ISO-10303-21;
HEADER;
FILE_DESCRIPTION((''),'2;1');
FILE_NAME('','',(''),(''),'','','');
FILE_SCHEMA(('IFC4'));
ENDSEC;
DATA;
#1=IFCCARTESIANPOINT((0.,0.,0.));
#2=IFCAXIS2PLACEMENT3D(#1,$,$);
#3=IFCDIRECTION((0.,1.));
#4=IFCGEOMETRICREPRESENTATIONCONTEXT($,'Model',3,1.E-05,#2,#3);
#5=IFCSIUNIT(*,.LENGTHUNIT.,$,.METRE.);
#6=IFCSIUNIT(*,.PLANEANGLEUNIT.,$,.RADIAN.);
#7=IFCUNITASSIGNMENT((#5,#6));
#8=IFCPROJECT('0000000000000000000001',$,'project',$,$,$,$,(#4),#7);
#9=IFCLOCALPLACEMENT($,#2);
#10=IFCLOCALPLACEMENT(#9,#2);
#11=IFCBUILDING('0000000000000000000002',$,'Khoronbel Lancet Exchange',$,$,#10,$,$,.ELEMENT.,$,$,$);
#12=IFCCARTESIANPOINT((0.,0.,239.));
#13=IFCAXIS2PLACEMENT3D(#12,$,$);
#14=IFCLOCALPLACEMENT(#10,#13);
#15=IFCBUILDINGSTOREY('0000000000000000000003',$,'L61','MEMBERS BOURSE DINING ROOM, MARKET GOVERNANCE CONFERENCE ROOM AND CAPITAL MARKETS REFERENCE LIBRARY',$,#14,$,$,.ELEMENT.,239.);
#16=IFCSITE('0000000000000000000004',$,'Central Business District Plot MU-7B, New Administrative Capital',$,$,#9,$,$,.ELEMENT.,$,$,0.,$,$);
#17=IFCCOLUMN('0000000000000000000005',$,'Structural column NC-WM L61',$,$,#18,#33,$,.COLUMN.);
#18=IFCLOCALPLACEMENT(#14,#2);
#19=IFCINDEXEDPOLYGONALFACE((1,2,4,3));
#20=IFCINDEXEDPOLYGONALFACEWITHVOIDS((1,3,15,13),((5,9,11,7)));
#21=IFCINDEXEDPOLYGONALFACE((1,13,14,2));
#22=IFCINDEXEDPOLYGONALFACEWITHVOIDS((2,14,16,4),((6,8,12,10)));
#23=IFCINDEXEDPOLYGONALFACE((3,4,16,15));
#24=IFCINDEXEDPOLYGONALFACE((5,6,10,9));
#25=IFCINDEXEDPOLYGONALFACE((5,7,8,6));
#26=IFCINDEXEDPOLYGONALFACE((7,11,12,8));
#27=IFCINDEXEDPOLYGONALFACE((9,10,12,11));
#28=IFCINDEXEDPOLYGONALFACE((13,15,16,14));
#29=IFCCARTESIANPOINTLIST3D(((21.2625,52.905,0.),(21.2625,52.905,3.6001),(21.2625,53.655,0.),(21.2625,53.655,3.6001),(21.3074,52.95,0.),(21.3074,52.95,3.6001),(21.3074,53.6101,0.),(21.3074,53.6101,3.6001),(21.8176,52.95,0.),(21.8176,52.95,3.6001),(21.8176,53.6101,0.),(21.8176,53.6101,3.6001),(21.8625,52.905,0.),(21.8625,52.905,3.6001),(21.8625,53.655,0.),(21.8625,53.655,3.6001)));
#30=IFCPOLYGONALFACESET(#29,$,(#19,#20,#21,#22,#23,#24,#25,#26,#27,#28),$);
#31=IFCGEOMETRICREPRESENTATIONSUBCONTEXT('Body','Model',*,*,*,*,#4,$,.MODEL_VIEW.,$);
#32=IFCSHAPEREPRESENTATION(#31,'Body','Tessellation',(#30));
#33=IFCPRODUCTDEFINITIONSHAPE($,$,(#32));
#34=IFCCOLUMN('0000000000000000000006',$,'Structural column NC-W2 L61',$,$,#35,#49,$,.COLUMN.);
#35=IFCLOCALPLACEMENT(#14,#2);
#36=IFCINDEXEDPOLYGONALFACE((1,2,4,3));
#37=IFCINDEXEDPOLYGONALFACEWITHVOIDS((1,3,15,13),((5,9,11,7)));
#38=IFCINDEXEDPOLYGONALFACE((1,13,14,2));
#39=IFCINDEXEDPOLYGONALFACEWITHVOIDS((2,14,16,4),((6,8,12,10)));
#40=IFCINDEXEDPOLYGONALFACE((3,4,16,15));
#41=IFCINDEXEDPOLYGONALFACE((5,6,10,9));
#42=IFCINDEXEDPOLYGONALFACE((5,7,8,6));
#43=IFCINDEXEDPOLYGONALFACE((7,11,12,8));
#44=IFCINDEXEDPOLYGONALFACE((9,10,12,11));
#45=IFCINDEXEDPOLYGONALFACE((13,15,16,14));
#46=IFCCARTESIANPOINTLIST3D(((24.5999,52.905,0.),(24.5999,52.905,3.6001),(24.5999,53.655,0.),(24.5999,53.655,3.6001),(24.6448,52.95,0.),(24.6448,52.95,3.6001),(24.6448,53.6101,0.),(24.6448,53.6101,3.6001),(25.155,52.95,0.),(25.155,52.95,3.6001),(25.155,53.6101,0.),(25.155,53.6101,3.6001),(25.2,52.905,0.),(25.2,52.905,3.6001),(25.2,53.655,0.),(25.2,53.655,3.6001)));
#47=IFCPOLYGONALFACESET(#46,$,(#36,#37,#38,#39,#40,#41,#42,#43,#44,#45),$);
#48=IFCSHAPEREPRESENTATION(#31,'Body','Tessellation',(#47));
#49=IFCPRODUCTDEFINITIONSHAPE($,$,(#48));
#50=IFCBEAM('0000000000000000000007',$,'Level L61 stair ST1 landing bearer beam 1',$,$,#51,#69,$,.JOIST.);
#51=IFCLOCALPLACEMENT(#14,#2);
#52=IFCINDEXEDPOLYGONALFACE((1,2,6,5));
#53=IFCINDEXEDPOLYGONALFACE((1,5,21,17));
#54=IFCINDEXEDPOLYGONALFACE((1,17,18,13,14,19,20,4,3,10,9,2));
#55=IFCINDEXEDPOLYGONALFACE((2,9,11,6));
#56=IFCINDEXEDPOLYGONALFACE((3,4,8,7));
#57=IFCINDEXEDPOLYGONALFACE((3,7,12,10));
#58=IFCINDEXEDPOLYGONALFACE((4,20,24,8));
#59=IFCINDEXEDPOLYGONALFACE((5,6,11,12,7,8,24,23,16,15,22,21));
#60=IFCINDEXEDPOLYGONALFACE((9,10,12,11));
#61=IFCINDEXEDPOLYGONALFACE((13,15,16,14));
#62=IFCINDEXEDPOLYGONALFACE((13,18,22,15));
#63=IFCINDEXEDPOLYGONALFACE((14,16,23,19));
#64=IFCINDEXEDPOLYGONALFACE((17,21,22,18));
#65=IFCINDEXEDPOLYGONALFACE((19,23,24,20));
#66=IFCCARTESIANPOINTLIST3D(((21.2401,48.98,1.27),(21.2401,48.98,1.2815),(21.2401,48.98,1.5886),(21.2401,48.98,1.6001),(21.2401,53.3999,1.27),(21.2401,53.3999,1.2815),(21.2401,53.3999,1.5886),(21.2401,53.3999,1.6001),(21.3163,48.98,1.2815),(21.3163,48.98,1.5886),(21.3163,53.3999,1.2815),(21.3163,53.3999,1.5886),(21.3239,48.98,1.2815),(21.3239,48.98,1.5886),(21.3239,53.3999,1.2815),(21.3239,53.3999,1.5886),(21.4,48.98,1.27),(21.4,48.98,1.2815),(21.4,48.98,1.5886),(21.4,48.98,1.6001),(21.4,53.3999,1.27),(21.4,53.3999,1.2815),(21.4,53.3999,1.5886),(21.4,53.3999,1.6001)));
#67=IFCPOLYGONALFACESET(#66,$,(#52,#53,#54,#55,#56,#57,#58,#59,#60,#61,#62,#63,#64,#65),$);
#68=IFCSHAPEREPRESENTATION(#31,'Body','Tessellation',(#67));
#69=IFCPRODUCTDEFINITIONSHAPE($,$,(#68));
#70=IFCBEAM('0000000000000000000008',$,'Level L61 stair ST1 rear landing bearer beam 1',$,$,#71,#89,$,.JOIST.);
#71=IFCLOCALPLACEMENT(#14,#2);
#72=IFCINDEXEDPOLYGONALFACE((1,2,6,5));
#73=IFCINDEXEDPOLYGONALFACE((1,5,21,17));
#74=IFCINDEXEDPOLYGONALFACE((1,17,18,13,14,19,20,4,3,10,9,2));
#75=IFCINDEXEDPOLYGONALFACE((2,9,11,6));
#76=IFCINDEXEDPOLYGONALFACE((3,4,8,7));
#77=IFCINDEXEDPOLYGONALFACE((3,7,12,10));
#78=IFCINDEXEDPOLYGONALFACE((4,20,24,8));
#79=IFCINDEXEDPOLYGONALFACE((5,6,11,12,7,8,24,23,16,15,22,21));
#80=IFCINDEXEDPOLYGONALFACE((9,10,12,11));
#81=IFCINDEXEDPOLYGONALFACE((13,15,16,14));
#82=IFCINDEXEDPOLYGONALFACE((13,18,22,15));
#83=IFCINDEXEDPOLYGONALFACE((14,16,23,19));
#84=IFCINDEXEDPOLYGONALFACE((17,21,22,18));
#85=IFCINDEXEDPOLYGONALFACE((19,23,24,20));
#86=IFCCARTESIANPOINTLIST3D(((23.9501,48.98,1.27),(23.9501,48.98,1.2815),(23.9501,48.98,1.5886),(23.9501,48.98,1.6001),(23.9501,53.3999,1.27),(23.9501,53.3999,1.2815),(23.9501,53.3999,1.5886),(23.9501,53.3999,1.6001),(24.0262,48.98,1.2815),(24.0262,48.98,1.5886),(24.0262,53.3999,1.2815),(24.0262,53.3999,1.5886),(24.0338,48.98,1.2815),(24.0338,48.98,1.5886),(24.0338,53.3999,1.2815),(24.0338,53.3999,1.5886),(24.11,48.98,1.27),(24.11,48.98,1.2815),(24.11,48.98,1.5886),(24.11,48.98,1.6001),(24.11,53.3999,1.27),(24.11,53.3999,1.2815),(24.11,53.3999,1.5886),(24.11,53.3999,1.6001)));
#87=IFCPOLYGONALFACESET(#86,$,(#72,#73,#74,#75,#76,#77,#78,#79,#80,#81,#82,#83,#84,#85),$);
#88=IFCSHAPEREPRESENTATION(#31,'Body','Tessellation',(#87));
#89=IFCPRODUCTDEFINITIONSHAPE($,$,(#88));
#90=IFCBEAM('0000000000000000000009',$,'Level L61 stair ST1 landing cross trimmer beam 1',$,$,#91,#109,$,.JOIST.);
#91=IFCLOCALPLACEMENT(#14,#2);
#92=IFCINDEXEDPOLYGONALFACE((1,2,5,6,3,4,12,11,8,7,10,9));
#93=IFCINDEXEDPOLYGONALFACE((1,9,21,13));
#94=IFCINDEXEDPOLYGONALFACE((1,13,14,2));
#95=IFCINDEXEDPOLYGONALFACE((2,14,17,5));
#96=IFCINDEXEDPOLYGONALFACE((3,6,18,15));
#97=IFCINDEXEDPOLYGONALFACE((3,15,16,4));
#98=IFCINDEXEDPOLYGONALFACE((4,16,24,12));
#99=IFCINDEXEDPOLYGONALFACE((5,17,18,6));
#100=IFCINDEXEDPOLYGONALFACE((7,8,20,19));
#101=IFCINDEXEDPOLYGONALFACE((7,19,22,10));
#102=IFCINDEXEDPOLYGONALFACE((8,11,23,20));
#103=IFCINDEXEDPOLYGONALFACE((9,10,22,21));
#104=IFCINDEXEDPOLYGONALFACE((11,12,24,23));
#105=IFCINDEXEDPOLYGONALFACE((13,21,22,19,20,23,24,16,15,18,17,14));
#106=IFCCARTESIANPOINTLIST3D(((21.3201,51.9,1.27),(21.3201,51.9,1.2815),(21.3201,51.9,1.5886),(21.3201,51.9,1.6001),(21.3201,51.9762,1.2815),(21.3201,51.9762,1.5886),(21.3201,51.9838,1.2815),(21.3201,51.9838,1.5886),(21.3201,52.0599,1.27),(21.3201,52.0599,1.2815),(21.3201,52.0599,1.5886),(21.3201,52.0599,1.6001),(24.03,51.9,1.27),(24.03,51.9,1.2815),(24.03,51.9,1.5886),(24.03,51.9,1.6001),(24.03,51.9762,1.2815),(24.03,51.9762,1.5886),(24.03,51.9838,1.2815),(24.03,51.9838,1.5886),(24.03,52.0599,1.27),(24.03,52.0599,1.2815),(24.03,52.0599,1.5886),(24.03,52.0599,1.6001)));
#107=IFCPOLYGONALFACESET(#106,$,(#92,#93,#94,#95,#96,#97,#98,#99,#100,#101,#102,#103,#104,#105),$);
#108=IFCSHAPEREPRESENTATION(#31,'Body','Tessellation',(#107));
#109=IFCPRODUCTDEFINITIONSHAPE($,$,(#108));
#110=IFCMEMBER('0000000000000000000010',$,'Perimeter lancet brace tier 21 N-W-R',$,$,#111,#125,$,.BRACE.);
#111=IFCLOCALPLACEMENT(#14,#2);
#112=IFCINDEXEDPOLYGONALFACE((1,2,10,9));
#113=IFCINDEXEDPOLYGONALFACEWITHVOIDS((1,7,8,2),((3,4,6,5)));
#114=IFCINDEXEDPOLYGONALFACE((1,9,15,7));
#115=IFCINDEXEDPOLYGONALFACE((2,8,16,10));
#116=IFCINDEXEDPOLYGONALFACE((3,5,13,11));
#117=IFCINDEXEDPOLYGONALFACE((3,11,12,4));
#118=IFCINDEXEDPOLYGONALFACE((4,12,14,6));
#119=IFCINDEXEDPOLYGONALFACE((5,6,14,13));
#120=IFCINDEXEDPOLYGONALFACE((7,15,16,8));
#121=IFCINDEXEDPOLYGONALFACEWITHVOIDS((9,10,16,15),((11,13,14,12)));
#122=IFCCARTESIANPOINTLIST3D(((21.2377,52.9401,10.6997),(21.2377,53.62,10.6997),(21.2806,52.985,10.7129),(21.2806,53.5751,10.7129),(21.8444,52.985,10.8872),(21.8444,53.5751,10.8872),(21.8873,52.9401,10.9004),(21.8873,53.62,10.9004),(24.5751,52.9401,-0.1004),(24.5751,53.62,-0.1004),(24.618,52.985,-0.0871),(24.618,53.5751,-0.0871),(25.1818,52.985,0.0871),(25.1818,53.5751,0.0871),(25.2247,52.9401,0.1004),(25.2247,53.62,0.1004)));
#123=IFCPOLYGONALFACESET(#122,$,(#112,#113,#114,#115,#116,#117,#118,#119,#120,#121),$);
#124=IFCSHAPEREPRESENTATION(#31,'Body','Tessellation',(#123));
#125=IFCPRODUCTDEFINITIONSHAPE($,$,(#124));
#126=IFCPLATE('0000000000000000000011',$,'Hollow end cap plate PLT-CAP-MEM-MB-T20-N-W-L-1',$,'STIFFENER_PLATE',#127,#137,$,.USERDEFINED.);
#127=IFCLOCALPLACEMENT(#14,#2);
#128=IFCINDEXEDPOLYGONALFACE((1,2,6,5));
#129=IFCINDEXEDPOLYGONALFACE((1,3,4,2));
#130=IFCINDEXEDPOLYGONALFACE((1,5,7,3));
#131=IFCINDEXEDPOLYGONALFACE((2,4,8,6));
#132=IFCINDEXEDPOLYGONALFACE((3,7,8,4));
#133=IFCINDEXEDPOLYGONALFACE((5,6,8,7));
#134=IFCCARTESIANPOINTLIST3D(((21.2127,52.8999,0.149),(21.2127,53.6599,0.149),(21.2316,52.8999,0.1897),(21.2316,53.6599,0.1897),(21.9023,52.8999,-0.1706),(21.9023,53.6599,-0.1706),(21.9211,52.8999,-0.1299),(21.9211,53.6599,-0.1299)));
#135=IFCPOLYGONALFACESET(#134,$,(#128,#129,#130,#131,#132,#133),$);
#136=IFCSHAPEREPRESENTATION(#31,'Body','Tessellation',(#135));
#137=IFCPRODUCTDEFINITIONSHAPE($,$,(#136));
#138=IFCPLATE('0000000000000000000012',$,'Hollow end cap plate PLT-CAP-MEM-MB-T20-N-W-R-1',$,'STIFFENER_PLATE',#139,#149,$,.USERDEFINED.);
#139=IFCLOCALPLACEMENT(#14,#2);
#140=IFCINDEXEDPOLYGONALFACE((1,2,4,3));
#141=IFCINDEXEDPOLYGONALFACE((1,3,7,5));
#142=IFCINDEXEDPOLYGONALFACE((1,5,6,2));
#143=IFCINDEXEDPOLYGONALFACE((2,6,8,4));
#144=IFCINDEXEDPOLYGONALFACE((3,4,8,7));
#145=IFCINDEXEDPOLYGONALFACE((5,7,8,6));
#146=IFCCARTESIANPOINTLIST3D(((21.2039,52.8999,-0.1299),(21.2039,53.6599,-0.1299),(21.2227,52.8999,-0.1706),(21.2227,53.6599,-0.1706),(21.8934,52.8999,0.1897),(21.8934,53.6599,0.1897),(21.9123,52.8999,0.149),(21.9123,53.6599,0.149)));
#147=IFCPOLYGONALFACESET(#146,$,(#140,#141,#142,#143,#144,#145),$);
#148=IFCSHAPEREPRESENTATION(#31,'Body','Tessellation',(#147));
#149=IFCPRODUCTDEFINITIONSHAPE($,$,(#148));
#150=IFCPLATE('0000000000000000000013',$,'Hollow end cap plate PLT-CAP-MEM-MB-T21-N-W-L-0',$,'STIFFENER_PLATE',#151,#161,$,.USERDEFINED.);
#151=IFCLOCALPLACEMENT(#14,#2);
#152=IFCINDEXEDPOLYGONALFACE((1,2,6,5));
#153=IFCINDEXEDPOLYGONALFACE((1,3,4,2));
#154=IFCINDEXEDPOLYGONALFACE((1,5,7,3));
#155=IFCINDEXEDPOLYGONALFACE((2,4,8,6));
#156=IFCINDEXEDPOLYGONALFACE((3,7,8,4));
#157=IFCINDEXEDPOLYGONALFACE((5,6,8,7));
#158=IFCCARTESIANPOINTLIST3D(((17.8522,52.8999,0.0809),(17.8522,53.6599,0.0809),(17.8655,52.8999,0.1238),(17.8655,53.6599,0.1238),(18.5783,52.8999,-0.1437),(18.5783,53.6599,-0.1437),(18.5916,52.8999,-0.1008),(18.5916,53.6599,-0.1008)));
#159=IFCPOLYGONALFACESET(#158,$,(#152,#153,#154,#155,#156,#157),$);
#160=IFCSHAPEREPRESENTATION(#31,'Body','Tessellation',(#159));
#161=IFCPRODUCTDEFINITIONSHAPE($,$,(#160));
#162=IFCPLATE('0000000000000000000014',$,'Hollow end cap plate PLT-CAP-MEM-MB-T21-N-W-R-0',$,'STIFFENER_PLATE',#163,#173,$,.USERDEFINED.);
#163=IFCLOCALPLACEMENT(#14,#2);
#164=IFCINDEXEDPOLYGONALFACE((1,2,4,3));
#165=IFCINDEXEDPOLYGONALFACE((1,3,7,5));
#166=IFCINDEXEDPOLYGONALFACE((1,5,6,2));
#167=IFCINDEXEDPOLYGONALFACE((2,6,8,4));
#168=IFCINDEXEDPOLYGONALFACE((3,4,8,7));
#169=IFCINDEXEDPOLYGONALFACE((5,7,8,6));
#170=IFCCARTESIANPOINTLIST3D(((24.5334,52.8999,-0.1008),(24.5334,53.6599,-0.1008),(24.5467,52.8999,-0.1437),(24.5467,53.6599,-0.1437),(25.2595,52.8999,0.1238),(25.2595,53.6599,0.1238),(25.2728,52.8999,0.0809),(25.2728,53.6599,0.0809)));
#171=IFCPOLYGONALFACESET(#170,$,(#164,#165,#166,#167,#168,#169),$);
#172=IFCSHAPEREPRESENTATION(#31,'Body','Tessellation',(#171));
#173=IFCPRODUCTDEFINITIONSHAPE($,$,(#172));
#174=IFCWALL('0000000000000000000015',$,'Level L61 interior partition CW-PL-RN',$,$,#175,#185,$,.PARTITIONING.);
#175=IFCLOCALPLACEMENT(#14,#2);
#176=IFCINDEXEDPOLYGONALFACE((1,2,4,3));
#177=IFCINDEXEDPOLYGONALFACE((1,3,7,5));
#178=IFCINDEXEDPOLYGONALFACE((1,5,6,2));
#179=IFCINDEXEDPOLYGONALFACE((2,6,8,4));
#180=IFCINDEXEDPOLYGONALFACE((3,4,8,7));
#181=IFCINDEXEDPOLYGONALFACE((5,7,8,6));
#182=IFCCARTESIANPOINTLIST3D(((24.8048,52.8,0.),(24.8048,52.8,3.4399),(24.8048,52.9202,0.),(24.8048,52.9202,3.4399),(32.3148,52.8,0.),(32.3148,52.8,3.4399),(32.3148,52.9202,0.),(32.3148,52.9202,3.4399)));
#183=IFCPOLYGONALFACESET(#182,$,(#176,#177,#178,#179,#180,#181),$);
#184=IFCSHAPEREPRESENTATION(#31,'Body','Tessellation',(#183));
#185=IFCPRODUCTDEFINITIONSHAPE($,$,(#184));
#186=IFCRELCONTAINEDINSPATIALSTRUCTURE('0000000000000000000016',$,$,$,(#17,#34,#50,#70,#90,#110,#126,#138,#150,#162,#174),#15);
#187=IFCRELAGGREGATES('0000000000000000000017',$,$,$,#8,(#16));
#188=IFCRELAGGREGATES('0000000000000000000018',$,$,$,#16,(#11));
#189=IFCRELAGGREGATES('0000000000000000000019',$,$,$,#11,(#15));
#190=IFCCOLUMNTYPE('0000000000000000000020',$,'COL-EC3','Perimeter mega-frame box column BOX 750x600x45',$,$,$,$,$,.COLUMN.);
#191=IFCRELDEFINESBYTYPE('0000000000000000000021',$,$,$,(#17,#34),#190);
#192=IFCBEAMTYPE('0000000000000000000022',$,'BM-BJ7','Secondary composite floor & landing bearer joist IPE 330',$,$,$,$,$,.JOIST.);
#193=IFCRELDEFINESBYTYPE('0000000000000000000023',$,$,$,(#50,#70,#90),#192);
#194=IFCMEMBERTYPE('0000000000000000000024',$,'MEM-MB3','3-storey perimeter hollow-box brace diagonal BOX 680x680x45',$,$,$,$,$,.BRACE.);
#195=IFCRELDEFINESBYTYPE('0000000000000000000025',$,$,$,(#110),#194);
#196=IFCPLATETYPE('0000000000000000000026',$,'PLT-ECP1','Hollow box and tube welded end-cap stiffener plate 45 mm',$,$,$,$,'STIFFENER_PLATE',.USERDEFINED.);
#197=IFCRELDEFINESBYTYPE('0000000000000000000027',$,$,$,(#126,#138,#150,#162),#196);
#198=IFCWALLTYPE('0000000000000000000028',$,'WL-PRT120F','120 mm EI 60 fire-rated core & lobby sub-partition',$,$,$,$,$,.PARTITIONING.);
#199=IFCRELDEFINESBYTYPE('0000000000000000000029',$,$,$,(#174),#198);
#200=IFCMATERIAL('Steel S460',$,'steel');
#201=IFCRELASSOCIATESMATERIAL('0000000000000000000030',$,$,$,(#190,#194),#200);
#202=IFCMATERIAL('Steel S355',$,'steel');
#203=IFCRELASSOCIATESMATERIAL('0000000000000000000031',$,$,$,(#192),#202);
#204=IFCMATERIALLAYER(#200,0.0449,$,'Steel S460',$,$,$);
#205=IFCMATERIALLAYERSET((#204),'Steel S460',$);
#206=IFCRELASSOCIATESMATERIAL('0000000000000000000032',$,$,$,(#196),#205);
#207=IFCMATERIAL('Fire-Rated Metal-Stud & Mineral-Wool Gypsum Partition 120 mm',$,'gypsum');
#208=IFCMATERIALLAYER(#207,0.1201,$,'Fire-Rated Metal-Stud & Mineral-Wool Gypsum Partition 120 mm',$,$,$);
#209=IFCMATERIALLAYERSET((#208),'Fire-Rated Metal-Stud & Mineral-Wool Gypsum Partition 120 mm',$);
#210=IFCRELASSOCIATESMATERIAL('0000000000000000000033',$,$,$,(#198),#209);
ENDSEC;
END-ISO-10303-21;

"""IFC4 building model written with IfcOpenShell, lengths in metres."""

from ifc_helpers import new_model, si_unit, direction, frame, frame_2d, origin, origin_2d, place, context, subcontext, project, spatial, polyline, rectangle, hollow_rectangle, i_section, outline, extrude, material, layer, layer_set, material_profile, profile_set, type_object, element, save


model = new_model("IFC4")

# Units and contexts
model_context = context("Model", 3, precision=1e-05, world=origin(), true_north=direction((0.0, 1.0)))
body_context = subcontext(model_context, "Body", "Model", "MODEL_VIEW")
ifc_project = project(units=[si_unit("LENGTHUNIT", "METRE"), si_unit("PLANEANGLEUNIT", "RADIAN")], contexts=[model_context])

# Site, building, storey
site_placement = place(None, origin())
site = spatial("IfcSite", under=ifc_project, at=site_placement, Name="Central Business District Plot MU-7B, New Administrative Capital", CompositionType="ELEMENT", RefElevation=0.0)
building_placement = place(site_placement, origin())
building = spatial("IfcBuilding", under=site, at=building_placement, Name="Khoronbel Lancet Exchange", CompositionType="ELEMENT")
storey_placement = place(building_placement, frame((0.0, 0.0, 239.0)))
storey = spatial("IfcBuildingStorey", under=building, at=storey_placement, Name="L61", Description="MEMBERS BOURSE DINING ROOM, MARKET GOVERNANCE CONFERENCE ROOM AND CAPITAL MARKETS REFERENCE LIBRARY", CompositionType="ELEMENT", Elevation=239.0)

# Columns
ifc_material_1 = material(Name="Steel S460", Category="steel")
ifc_material_profile_1 = material_profile(ifc_material_1, hollow_rectangle(XDim=0.6001, YDim=0.75, WallThickness=0.0449, at=origin_2d()), Name="BOX 750x600x45")
ifc_profile_set_1 = profile_set([ifc_material_profile_1], Name="Steel S460")
column_type = type_object("IfcColumnType", Name="COL-EC3", Description="Perimeter mega-frame box column BOX 750x600x45", PredefinedType="COLUMN", material=ifc_profile_set_1)
for number, where, z_axis, x_axis, name in (
    (1, (21.5625, 53.28, 0.0), (0.0, 0.0, 1.0), (1.0, 0.0, 0.0), "Structural column NC-WM L61"),
    (2, (24.8999, 53.28, 0.0), (0.0, 0.0, 1.0), (1.0, 0.0, 0.0), "Structural column NC-W2 L61"),
):
    element("IfcColumn", number, at=place(storey_placement, frame(where, z_axis=z_axis, x_axis=x_axis)), inside=storey, type_object=column_type, Name=name, PredefinedType="COLUMN", context=body_context, shape_type="SweptSolid", body=[
        extrude(hollow_rectangle(XDim=0.6001, YDim=0.75, WallThickness=0.0449, at=origin_2d()), origin(), (0.0, 0.0, 1.0), 3.6001),
    ])

# Beams
ifc_material_2 = material(Name="Steel S355", Category="steel")
ifc_material_profile_2 = material_profile(ifc_material_2, i_section(OverallWidth=0.1599, OverallDepth=0.3301, WebThickness=0.0076, FlangeThickness=0.0115, at=origin_2d()), Name="IPE 330")
ifc_profile_set_2 = profile_set([ifc_material_profile_2], Name="Steel S355")
beam_type = type_object("IfcBeamType", Name="BM-BJ7", Description="Secondary composite floor & landing bearer joist IPE 330", PredefinedType="JOIST", material=ifc_profile_set_2)
for number, where, z_axis, x_axis, name in (
    (3, (21.3201, 48.98, 1.4351), (0.0, 1.0, 0.0), (-1.0, 0.0, 0.0), "Level L61 stair ST1 landing bearer beam 1"),
    (4, (24.03, 48.98, 1.4351), (0.0, 1.0, 0.0), (-1.0, 0.0, 0.0), "Level L61 stair ST1 rear landing bearer beam 1"),
):
    element("IfcBeam", number, at=place(storey_placement, frame(where, z_axis=z_axis, x_axis=x_axis)), inside=storey, type_object=beam_type, Name=name, PredefinedType="JOIST", context=body_context, shape_type="SweptSolid", body=[
        extrude(i_section(OverallWidth=0.1599, OverallDepth=0.3301, WebThickness=0.0076, FlangeThickness=0.0115, at=origin_2d()), origin(), (0.0, 0.0, 1.0), 4.4199),
    ])
beam_placement = place(storey_placement, frame((21.3201, 51.98, 1.4351), z_axis=(1.0, 0.0, 0.0), x_axis=(0.0, 1.0, 0.0)))
element("IfcBeam", 5, at=beam_placement, inside=storey, type_object=beam_type, Name="Level L61 stair ST1 landing cross trimmer beam 1", PredefinedType="JOIST", context=body_context, shape_type="SweptSolid", body=[
    extrude(i_section(OverallWidth=0.1599, OverallDepth=0.3301, WebThickness=0.0076, FlangeThickness=0.0115, at=origin_2d()), origin(), (0.0, 0.0, 1.0), 2.71),
])

# Member
ifc_material_profile_3 = material_profile(ifc_material_1, hollow_rectangle(XDim=0.6799, YDim=0.6799, WallThickness=0.0449, at=origin_2d()), Name="BOX 680x680x45")
ifc_profile_set_3 = profile_set([ifc_material_profile_3], Name="Steel S460")
member_type = type_object("IfcMemberType", Name="MEM-MB3", Description="3-storey perimeter hollow-box brace diagonal BOX 680x680x45", PredefinedType="BRACE", material=ifc_profile_set_3)
member_placement = place(storey_placement, frame((24.8999, 53.28, 0.0), z_axis=(-0.295242, 0.0, 0.955422), x_axis=(0.0, -1.0, 0.0)))
element("IfcMember", 6, at=member_placement, inside=storey, type_object=member_type, Name="Perimeter lancet brace tier 21 N-W-R", PredefinedType="BRACE", context=body_context, shape_type="SweptSolid", body=[
    extrude(hollow_rectangle(XDim=0.6799, YDim=0.6799, WallThickness=0.0449, at=origin_2d()), origin(), (0.0, 0.0, 1.0), 11.304),
])

# Plates
ifc_layer_1 = layer(ifc_material_1, 0.0449, Name="Steel S460")
ifc_layer_set_1 = layer_set([ifc_layer_1], Name="Steel S460")
plate_type = type_object("IfcPlateType", Name="PLT-ECP1", Description="Hollow box and tube welded end-cap stiffener plate 45 mm", ElementType="STIFFENER_PLATE", PredefinedType="USERDEFINED", material=ifc_layer_set_1)
for number, where, z_axis, x_axis, name in (
    (7, (21.9211, 52.8999, -0.1299), (0.420545, 0.0, 0.907272), (0.0, 1.0, 0.0), "Hollow end cap plate PLT-CAP-MEM-MB-T20-N-W-L-1"),
    (8, (21.2039, 53.6599, -0.1299), (-0.420545, 0.0, 0.907272), (0.0, -1.0, 0.0), "Hollow end cap plate PLT-CAP-MEM-MB-T20-N-W-R-1"),
    (9, (18.5916, 52.8999, -0.1008), (0.29553, 0.0, 0.955333), (0.0, 1.0, 0.0), "Hollow end cap plate PLT-CAP-MEM-MB-T21-N-W-L-0"),
    (10, (24.5334, 53.6599, -0.1008), (-0.29553, 0.0, 0.955333), (0.0, -1.0, 0.0), "Hollow end cap plate PLT-CAP-MEM-MB-T21-N-W-R-0"),
):
    element("IfcPlate", number, at=place(storey_placement, frame(where, z_axis=z_axis, x_axis=x_axis)), inside=storey, type_object=plate_type, Name=name, ObjectType="STIFFENER_PLATE", PredefinedType="USERDEFINED", context=body_context, shape_type="SweptSolid", body=[
        extrude(outline(polyline([(0.0, 0.0), (0.76, 0.0), (0.76, 0.76), (0.0, 0.76), (0.0, 0.0)])), origin(), (0.0, 0.0, -1.0), 0.0449),
    ])

# Wall
ifc_material_3 = material(Name="Fire-Rated Metal-Stud & Mineral-Wool Gypsum Partition 120 mm", Category="gypsum")
ifc_layer_2 = layer(ifc_material_3, 0.1201, Name="Fire-Rated Metal-Stud & Mineral-Wool Gypsum Partition 120 mm")
ifc_layer_set_2 = layer_set([ifc_layer_2], Name="Fire-Rated Metal-Stud & Mineral-Wool Gypsum Partition 120 mm")
wall_type_1 = type_object("IfcWallType", Name="WL-PRT120F", Description="120 mm EI 60 fire-rated core & lobby sub-partition", PredefinedType="PARTITIONING", material=ifc_layer_set_2)
wall_1_placement = place(storey_placement, frame((24.8049, 52.8601, 0.0), z_axis=(0.0, 0.0, 1.0), x_axis=(1.0, 0.0, 0.0)))
element("IfcWall", 11, at=wall_1_placement, inside=storey, type_object=wall_type_1, Name="Level L61 interior partition CW-PL-RN", PredefinedType="PARTITIONING", context=body_context, shape_type="SweptSolid", body=[
    extrude(rectangle(XDim=7.51, YDim=0.1201, at=frame_2d((3.7549, 0.0))), origin(), (0.0, 0.0, 1.0), 3.4399),
])

save(model, "model.ifc")
